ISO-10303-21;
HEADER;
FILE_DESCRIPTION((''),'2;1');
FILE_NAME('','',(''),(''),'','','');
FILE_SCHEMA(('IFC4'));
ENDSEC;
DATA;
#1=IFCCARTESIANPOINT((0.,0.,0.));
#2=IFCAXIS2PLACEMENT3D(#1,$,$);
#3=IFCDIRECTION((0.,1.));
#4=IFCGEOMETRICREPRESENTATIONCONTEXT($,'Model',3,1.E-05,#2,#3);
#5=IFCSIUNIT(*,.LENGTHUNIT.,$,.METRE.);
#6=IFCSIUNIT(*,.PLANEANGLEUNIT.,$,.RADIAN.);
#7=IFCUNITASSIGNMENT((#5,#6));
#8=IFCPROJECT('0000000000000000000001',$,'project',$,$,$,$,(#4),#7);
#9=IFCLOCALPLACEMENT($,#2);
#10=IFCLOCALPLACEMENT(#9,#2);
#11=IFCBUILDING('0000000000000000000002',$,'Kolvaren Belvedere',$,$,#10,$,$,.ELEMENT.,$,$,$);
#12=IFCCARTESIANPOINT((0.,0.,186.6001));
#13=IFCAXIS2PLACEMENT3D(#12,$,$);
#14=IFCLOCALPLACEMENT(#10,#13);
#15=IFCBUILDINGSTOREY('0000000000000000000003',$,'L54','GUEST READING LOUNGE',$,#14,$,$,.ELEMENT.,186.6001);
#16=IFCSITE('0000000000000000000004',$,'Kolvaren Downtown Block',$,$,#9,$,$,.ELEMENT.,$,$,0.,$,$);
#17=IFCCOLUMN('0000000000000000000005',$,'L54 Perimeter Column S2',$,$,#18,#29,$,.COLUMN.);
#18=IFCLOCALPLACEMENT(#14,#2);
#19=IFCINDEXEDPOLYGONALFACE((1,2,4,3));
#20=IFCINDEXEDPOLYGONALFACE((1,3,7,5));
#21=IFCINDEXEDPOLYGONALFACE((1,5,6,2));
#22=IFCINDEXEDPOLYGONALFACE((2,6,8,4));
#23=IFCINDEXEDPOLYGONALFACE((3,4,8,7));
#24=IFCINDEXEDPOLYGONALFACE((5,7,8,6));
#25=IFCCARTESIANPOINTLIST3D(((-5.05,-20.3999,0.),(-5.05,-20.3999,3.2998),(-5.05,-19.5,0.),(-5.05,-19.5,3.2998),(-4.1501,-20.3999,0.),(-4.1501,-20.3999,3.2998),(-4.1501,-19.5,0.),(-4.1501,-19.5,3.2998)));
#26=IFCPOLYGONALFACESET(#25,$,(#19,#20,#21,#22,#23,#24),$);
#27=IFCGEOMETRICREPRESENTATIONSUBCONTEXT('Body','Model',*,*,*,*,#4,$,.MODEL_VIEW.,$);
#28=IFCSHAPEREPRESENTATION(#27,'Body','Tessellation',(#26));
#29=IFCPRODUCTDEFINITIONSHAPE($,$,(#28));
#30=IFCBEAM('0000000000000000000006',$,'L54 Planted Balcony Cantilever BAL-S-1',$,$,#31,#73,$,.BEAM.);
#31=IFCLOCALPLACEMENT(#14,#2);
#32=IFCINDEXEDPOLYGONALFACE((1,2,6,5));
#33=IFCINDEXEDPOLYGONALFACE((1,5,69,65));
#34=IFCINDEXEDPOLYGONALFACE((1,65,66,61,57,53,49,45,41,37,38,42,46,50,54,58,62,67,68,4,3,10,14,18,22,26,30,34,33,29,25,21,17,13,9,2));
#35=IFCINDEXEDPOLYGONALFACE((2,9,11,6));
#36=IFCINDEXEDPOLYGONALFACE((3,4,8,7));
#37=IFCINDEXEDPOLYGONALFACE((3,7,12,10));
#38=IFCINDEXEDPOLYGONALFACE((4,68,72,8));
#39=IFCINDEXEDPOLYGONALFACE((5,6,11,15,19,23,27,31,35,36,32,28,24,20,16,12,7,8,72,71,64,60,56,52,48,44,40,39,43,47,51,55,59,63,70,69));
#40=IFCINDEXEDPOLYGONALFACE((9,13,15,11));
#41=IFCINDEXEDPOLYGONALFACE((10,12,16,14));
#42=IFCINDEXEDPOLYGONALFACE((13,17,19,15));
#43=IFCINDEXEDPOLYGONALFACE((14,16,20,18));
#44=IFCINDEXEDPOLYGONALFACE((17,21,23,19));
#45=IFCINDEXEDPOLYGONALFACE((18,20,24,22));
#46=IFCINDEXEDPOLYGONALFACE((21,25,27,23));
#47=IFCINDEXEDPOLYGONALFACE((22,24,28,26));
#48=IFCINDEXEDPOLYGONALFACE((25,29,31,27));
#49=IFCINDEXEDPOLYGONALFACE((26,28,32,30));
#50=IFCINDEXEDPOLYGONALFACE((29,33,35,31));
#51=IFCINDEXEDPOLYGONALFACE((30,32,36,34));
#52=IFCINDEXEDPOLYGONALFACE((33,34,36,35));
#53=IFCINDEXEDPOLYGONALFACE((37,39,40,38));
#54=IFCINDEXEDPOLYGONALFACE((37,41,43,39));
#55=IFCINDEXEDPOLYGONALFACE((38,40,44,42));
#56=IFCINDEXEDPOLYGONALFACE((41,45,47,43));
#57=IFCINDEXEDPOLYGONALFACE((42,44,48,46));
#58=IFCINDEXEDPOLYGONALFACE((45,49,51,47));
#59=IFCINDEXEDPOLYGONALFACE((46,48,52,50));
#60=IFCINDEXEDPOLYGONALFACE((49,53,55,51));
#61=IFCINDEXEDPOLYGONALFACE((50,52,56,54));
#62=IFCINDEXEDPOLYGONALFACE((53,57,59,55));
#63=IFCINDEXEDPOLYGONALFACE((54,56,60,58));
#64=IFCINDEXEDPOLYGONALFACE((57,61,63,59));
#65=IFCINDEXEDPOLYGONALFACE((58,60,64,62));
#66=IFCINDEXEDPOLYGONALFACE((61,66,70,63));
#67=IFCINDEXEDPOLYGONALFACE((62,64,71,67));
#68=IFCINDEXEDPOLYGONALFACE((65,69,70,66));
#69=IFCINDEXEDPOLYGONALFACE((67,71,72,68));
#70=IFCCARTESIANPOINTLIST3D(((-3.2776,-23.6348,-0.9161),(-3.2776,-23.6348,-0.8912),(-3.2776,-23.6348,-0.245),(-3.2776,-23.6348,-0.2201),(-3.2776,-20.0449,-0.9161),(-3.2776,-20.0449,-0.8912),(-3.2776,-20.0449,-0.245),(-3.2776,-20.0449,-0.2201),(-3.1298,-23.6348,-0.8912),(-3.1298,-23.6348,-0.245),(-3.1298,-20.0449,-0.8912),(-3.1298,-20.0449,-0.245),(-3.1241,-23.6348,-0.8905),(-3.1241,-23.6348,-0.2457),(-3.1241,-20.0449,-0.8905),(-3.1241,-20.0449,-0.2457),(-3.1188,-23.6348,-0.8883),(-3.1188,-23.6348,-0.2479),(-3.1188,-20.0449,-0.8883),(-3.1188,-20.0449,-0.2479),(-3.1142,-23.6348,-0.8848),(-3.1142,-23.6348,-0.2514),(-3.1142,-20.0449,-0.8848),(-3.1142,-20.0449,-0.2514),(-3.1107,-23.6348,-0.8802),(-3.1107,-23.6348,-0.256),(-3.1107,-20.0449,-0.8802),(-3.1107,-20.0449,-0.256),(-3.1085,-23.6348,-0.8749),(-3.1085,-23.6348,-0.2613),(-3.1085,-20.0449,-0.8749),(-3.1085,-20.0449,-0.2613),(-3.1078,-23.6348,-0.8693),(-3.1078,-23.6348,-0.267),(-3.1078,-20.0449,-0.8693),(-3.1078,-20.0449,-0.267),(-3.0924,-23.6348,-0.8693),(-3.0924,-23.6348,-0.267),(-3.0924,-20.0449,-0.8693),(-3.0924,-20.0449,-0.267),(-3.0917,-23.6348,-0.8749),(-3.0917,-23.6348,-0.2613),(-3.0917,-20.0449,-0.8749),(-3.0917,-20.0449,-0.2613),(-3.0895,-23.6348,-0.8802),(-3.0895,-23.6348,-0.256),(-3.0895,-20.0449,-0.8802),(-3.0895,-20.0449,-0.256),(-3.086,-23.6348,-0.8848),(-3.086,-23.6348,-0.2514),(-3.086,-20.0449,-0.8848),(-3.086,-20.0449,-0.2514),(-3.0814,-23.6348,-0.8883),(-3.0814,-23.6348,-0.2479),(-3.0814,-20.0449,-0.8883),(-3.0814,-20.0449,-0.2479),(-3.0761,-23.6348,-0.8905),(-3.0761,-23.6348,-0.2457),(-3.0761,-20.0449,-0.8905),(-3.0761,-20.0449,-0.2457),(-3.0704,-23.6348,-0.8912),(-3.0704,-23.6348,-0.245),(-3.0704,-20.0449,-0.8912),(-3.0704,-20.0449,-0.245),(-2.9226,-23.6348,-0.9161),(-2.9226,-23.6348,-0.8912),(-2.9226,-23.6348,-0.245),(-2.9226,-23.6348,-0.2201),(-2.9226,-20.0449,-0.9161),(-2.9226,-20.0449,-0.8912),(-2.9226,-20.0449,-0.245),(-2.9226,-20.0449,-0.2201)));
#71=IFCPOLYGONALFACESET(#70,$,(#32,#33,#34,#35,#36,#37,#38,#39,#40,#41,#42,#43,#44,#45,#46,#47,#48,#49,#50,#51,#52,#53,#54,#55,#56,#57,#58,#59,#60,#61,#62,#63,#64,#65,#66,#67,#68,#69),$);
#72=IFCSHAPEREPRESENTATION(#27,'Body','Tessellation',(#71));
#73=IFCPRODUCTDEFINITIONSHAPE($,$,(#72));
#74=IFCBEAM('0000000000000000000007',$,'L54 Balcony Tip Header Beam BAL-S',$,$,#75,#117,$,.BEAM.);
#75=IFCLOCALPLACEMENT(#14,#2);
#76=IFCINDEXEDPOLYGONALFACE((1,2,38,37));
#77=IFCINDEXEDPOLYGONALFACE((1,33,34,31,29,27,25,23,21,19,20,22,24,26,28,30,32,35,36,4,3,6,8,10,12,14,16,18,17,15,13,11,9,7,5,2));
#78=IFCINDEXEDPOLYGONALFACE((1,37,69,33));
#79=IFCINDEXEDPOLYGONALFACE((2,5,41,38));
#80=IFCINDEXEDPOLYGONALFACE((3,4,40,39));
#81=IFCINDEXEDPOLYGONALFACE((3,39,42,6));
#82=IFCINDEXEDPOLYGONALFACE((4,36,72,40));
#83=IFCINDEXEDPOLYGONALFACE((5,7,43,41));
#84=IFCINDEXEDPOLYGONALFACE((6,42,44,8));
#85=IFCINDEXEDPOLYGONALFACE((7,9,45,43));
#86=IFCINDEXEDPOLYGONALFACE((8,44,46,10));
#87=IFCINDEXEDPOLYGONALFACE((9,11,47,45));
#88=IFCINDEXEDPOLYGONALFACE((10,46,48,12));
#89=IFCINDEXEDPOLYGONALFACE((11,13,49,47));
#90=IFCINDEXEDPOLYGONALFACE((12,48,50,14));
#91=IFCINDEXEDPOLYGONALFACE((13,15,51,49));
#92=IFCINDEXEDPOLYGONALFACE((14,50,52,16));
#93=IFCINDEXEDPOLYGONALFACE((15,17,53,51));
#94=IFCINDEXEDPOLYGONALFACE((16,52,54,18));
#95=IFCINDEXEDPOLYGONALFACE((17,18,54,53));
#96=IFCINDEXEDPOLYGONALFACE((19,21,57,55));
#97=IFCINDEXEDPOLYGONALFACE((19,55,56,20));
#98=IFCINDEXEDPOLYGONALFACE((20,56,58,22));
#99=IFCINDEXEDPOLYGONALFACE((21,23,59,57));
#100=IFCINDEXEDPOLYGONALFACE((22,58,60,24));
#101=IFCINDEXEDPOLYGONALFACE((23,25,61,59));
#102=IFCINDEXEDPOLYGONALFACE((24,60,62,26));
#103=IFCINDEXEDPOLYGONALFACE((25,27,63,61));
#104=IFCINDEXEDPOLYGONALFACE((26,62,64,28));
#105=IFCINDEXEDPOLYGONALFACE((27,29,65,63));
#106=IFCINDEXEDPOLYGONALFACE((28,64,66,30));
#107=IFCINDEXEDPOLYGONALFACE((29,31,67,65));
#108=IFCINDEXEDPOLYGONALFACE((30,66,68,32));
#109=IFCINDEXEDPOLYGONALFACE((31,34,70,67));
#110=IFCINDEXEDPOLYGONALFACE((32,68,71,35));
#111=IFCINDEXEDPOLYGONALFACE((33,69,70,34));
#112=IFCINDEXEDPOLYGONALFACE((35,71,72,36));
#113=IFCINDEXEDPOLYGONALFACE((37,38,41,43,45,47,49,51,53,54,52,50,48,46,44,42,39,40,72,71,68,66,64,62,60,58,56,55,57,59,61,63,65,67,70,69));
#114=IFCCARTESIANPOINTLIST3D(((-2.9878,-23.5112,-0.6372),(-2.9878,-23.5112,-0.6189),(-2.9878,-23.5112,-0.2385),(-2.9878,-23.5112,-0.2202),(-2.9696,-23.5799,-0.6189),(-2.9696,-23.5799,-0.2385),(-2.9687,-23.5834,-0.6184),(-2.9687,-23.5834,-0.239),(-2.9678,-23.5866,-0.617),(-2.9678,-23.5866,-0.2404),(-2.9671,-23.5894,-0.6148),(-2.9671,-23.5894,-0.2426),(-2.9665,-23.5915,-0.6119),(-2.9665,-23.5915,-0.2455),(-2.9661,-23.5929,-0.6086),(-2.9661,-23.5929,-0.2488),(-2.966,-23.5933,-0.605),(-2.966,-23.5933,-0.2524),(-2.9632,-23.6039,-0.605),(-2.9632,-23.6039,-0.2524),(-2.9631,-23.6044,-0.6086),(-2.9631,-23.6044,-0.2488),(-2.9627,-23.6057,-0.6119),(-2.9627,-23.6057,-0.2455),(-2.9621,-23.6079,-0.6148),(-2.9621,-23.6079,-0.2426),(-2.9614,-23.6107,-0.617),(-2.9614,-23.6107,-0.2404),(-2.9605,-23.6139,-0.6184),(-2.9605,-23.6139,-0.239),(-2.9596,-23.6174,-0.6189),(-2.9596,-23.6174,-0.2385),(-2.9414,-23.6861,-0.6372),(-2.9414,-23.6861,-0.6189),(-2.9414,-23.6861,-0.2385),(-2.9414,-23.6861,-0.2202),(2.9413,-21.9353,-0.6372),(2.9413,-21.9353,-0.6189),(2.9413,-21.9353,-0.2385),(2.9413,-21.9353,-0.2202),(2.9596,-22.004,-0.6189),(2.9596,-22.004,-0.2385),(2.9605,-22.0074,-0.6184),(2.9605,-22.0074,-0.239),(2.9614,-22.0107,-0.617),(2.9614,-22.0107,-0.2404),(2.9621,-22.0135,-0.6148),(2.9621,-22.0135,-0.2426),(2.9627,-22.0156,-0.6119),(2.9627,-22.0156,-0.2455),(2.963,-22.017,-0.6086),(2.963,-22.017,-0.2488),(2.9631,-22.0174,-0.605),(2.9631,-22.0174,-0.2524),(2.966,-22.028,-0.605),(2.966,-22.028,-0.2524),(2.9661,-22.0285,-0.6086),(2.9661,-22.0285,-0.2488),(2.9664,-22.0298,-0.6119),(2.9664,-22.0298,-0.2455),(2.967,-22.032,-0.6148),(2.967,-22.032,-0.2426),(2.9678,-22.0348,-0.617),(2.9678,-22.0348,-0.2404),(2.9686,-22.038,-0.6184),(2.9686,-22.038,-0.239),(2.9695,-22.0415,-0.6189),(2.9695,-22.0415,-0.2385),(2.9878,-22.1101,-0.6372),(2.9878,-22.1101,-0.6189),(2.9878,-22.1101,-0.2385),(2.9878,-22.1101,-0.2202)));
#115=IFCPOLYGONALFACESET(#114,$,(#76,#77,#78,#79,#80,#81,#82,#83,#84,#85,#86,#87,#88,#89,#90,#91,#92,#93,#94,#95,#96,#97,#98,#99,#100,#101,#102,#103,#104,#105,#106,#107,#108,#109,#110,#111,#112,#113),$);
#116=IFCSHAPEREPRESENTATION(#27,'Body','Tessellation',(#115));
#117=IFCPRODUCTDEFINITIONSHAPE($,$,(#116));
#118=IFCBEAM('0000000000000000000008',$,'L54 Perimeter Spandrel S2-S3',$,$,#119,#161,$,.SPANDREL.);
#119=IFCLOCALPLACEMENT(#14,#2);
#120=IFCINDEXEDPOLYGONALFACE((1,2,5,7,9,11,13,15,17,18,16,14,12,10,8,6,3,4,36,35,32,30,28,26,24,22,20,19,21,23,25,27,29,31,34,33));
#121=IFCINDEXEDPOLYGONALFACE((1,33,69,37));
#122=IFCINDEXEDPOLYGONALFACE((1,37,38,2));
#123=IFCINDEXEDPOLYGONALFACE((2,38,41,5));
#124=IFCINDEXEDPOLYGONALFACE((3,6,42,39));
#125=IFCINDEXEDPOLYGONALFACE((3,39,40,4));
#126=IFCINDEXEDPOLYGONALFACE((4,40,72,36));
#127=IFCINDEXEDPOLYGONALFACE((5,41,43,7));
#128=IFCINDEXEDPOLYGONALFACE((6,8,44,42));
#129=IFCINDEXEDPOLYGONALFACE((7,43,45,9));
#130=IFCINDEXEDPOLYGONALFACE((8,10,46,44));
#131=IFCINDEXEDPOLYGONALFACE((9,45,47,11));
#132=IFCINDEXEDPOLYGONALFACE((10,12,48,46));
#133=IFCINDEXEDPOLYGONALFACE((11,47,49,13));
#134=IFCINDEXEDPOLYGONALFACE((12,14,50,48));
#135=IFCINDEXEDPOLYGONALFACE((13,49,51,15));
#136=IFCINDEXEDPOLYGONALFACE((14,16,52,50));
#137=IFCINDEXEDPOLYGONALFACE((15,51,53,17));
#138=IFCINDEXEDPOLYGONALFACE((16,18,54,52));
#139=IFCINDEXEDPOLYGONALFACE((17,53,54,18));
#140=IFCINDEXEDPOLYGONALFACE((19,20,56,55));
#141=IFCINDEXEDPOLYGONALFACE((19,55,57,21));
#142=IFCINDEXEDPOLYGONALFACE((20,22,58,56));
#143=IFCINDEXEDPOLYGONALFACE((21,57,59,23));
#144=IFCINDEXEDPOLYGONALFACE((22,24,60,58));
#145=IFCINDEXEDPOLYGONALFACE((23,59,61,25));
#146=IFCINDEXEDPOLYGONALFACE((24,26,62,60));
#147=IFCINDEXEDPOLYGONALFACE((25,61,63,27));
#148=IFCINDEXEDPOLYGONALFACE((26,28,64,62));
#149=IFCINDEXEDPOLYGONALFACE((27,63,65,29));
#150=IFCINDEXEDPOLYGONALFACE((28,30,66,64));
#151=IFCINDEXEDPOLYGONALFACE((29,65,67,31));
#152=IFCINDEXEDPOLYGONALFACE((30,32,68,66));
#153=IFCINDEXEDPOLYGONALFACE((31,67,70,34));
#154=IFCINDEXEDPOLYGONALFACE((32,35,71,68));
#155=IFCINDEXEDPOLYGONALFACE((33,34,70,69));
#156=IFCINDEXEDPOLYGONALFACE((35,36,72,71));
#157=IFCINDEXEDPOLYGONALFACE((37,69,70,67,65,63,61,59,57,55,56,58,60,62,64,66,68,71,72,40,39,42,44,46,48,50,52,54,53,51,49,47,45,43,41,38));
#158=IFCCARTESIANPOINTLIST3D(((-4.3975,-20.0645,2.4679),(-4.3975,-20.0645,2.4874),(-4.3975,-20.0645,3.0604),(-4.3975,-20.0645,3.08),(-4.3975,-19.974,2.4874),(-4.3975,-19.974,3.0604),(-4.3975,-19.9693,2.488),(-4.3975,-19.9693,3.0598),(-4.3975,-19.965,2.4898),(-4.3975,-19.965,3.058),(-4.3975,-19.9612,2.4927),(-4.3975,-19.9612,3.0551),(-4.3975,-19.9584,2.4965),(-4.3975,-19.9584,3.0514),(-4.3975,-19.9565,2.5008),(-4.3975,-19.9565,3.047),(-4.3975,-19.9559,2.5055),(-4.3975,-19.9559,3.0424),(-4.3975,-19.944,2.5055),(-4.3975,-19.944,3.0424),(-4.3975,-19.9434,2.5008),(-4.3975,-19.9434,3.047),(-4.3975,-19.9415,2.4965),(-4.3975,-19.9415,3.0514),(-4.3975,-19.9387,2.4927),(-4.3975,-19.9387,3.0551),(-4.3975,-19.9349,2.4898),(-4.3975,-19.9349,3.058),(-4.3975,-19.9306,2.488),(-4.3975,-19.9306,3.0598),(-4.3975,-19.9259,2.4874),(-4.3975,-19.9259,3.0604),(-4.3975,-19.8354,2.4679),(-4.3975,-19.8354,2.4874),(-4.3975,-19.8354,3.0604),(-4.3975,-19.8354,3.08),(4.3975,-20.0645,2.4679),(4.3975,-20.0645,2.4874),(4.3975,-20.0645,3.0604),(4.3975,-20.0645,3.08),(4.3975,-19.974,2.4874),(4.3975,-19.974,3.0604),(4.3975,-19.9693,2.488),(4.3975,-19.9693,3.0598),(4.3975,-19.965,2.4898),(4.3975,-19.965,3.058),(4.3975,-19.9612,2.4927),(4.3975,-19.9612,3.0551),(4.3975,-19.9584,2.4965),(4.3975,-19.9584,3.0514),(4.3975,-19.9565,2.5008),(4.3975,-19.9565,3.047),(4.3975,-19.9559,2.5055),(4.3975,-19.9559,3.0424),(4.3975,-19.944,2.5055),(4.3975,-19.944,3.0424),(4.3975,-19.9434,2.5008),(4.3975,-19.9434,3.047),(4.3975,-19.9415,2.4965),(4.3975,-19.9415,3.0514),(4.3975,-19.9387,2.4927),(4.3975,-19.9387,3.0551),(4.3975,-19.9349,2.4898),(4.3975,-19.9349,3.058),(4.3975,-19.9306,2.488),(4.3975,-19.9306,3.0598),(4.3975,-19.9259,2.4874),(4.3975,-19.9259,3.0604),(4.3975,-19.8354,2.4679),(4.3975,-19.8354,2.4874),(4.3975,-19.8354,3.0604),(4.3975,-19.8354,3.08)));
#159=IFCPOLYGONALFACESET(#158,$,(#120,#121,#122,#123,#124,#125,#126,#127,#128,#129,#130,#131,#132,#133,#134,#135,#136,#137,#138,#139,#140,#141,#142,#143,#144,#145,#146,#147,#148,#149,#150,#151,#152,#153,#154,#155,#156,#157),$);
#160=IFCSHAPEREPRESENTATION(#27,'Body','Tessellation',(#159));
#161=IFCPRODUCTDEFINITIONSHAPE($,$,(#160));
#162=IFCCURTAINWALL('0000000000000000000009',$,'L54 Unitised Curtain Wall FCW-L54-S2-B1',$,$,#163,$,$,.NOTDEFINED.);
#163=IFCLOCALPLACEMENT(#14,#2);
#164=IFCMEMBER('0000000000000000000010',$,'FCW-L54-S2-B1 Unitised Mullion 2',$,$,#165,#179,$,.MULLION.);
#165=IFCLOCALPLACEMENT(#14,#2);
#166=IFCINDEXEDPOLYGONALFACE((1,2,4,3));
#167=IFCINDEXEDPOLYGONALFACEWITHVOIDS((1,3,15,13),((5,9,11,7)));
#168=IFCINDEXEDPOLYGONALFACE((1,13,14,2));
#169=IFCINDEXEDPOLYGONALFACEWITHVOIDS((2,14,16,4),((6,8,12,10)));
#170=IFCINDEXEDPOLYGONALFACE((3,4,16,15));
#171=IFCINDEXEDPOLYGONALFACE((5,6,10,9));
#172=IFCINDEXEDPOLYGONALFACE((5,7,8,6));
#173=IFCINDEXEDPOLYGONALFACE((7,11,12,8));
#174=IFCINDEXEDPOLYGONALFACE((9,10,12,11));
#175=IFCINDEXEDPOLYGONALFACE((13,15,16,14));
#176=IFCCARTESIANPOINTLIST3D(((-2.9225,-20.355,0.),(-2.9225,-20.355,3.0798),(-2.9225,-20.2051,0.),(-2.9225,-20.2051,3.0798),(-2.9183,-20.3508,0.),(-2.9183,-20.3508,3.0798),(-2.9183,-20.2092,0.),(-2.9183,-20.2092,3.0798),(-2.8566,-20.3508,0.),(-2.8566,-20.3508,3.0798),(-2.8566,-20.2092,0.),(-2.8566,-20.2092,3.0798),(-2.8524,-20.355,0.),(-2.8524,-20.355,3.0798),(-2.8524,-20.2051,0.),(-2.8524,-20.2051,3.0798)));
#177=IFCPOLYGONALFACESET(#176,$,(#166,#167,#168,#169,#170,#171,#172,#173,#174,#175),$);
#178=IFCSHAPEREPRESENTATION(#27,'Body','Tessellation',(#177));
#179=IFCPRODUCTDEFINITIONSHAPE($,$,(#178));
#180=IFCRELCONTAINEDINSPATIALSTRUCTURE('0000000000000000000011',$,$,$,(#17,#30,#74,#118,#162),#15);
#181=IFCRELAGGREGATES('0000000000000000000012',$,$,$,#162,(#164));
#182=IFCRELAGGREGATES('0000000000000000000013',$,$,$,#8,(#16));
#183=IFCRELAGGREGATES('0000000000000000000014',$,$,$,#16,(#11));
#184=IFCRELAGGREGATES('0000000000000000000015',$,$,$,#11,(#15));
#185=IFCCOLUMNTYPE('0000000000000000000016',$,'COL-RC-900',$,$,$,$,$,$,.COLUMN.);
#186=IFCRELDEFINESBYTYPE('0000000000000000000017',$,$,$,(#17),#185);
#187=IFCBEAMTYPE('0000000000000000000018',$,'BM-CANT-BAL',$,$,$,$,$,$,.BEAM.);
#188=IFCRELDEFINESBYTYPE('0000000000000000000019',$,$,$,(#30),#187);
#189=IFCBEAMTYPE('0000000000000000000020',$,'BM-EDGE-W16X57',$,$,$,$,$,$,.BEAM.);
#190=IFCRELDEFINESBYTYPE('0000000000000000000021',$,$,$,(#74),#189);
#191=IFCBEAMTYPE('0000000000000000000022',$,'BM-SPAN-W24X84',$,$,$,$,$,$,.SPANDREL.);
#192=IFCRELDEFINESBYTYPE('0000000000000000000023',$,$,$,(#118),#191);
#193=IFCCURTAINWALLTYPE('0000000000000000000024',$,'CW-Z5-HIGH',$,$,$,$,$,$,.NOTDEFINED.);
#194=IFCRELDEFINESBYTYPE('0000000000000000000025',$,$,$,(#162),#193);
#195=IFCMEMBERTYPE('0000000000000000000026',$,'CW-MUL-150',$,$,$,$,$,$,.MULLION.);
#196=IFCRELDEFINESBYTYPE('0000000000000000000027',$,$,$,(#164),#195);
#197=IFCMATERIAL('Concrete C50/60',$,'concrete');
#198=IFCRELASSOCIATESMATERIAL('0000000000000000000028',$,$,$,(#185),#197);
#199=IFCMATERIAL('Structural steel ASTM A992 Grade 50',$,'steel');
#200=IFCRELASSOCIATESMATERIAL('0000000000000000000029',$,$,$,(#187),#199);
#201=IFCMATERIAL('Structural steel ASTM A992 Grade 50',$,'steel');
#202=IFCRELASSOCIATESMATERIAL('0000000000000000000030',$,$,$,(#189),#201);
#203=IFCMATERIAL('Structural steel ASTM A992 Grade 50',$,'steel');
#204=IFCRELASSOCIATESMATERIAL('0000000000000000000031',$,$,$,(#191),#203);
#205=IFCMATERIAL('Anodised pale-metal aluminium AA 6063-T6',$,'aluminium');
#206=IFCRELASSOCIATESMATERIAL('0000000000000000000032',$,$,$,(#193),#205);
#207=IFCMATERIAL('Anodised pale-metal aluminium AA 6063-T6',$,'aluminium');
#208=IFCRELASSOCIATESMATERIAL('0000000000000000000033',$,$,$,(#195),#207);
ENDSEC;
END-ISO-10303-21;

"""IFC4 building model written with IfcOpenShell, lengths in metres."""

from ifc_helpers import new_model, si_unit, direction, frame, origin, origin_2d, place, context, subcontext, project, spatial, rectangle, hollow_rectangle, i_section, extrude, material, material_profile, profile_set, type_object, element, aggregate, save


model = new_model("IFC4")

# Units and contexts
model_context = context("Model", 3, precision=1e-05, world=origin(), true_north=direction((0.0, 1.0)))
body_context = subcontext(model_context, "Body", "Model", "MODEL_VIEW")
ifc_project = project(units=[si_unit("LENGTHUNIT", "METRE"), si_unit("PLANEANGLEUNIT", "RADIAN")], contexts=[model_context])

# Site, building, storey
site_placement = place(None, origin())
site = spatial("IfcSite", under=ifc_project, at=site_placement, Name="Kolvaren Downtown Block", CompositionType="ELEMENT", RefElevation=0.0)
building_placement = place(site_placement, origin())
building = spatial("IfcBuilding", under=site, at=building_placement, Name="Kolvaren Belvedere", CompositionType="ELEMENT")
storey_placement = place(building_placement, frame((0.0, 0.0, 186.6001)))
storey = spatial("IfcBuildingStorey", under=building, at=storey_placement, Name="L54", Description="GUEST READING LOUNGE", CompositionType="ELEMENT", Elevation=186.6001)

# Column
ifc_material_1 = material(Name="Concrete C50/60", Category="concrete")
ifc_material_profile_1 = material_profile(ifc_material_1, rectangle(XDim=0.8999, YDim=0.8999, at=origin_2d()), Name="RC 900X900")
ifc_profile_set_1 = profile_set([ifc_material_profile_1], Name="Concrete C50/60")
column_type = type_object("IfcColumnType", Name="COL-RC-900", PredefinedType="COLUMN", material=ifc_profile_set_1)
column_placement = place(storey_placement, frame((-4.6001, -19.95, 0.0), z_axis=(0.0, 0.0, 1.0), x_axis=(1.0, 0.0, 0.0)))
element("IfcColumn", 1, at=column_placement, inside=storey, type_object=column_type, Name="L54 Perimeter Column S2", PredefinedType="COLUMN", context=body_context, shape_type="SweptSolid", body=[
    extrude(rectangle(XDim=0.8999, YDim=0.8999, at=origin_2d()), origin(), (0.0, 0.0, 1.0), 3.2998),
])

# Beams
ifc_material_2 = material(Name="Structural steel ASTM A992 Grade 50", Category="steel")
ifc_material_profile_2 = material_profile(ifc_material_2, i_section(OverallWidth=0.355, OverallDepth=0.696, WebThickness=0.0154, FlangeThickness=0.0249, FilletRadius=0.022, at=origin_2d()), Name="W27X146")
ifc_profile_set_2 = profile_set([ifc_material_profile_2], Name="Structural steel ASTM A992 Grade 50")
beam_type_1 = type_object("IfcBeamType", Name="BM-CANT-BAL", PredefinedType="BEAM", material=ifc_profile_set_2)
beam_1_placement = place(storey_placement, frame((-3.1001, -20.0449, -0.5681), z_axis=(0.0, -1.0, 0.0), x_axis=(1.0, 0.0, 0.0)))
element("IfcBeam", 2, at=beam_1_placement, inside=storey, type_object=beam_type_1, Name="L54 Planted Balcony Cantilever BAL-S-1", PredefinedType="BEAM", context=body_context, shape_type="SweptSolid", body=[
    extrude(i_section(OverallWidth=0.355, OverallDepth=0.696, WebThickness=0.0154, FlangeThickness=0.0249, FilletRadius=0.022, at=origin_2d()), origin(), (0.0, 0.0, 1.0), 3.5898),
])
ifc_material_3 = material(Name="Structural steel ASTM A992 Grade 50", Category="steel")
ifc_material_profile_3 = material_profile(ifc_material_3, i_section(OverallWidth=0.1809, OverallDepth=0.417, WebThickness=0.011, FlangeThickness=0.0183, FilletRadius=0.0139, at=origin_2d()), Name="W16X57")
ifc_profile_set_3 = profile_set([ifc_material_profile_3], Name="Structural steel ASTM A992 Grade 50")
beam_type_2 = type_object("IfcBeamType", Name="BM-EDGE-W16X57", PredefinedType="BEAM", material=ifc_profile_set_3)
beam_2_placement = place(storey_placement, frame((-2.9646, -23.5986, -0.4287), z_axis=(0.966445, 0.256872, 0.0), x_axis=(-0.256872, 0.966445, 0.0)))
element("IfcBeam", 3, at=beam_2_placement, inside=storey, type_object=beam_type_2, Name="L54 Balcony Tip Header Beam BAL-S", PredefinedType="BEAM", context=body_context, shape_type="SweptSolid", body=[
    extrude(i_section(OverallWidth=0.1809, OverallDepth=0.417, WebThickness=0.011, FlangeThickness=0.0183, FilletRadius=0.0139, at=origin_2d()), origin(), (0.0, 0.0, 1.0), 6.135),
])
ifc_material_4 = material(Name="Structural steel ASTM A992 Grade 50", Category="steel")
ifc_material_profile_4 = material_profile(ifc_material_4, i_section(OverallWidth=0.229, OverallDepth=0.6121, WebThickness=0.012, FlangeThickness=0.0195, FilletRadius=0.0181, at=origin_2d()), Name="W24X84")
ifc_profile_set_4 = profile_set([ifc_material_profile_4], Name="Structural steel ASTM A992 Grade 50")
beam_type_3 = type_object("IfcBeamType", Name="BM-SPAN-W24X84", PredefinedType="SPANDREL", material=ifc_profile_set_4)
beam_3_placement = place(storey_placement, frame((-4.3975, -19.95, 2.7739), z_axis=(1.0, 0.0, 0.0), x_axis=(0.0, 1.0, 0.0)))
element("IfcBeam", 4, at=beam_3_placement, inside=storey, type_object=beam_type_3, Name="L54 Perimeter Spandrel S2-S3", PredefinedType="SPANDREL", context=body_context, shape_type="SweptSolid", body=[
    extrude(i_section(OverallWidth=0.229, OverallDepth=0.6121, WebThickness=0.012, FlangeThickness=0.0195, FilletRadius=0.0181, at=origin_2d()), origin(), (0.0, 0.0, 1.0), 8.7949),
])

# Curtain wall, member
ifc_material_5 = material(Name="Anodised pale-metal aluminium AA 6063-T6", Category="aluminium")
curtain_wall_type = type_object("IfcCurtainWallType", Name="CW-Z5-HIGH", PredefinedType="NOTDEFINED", material=ifc_material_5)
curtain_wall_1_placement = place(storey_placement, origin())
curtain_wall_1 = element("IfcCurtainWall", 5, at=curtain_wall_1_placement, inside=storey, type_object=curtain_wall_type, Name="L54 Unitised Curtain Wall FCW-L54-S2-B1", PredefinedType="NOTDEFINED")
ifc_material_6 = material(Name="Anodised pale-metal aluminium AA 6063-T6", Category="aluminium")
ifc_material_profile_5 = material_profile(ifc_material_6, hollow_rectangle(XDim=0.0701, YDim=0.1499, WallThickness=0.0042, at=origin_2d()), Name="ALU-MUL-150X70")
ifc_profile_set_5 = profile_set([ifc_material_profile_5], Name="Anodised pale-metal aluminium AA 6063-T6")
member_type_1 = type_object("IfcMemberType", Name="CW-MUL-150", PredefinedType="MULLION", material=ifc_profile_set_5)
member_1_placement = place(storey_placement, frame((-2.8875, -20.28, 0.0), z_axis=(0.0, 0.0, 1.0), x_axis=(1.0, 0.0, 0.0)))
member_1 = element("IfcMember", 6, at=member_1_placement, type_object=member_type_1, Name="FCW-L54-S2-B1 Unitised Mullion 2", PredefinedType="MULLION", context=body_context, shape_type="SweptSolid", body=[
    extrude(hollow_rectangle(XDim=0.0701, YDim=0.1499, WallThickness=0.0042, at=origin_2d()), origin(), (0.0, 0.0, 1.0), 3.0798),
])

aggregate(curtain_wall_1, [member_1])

save(model, "model.ifc")
